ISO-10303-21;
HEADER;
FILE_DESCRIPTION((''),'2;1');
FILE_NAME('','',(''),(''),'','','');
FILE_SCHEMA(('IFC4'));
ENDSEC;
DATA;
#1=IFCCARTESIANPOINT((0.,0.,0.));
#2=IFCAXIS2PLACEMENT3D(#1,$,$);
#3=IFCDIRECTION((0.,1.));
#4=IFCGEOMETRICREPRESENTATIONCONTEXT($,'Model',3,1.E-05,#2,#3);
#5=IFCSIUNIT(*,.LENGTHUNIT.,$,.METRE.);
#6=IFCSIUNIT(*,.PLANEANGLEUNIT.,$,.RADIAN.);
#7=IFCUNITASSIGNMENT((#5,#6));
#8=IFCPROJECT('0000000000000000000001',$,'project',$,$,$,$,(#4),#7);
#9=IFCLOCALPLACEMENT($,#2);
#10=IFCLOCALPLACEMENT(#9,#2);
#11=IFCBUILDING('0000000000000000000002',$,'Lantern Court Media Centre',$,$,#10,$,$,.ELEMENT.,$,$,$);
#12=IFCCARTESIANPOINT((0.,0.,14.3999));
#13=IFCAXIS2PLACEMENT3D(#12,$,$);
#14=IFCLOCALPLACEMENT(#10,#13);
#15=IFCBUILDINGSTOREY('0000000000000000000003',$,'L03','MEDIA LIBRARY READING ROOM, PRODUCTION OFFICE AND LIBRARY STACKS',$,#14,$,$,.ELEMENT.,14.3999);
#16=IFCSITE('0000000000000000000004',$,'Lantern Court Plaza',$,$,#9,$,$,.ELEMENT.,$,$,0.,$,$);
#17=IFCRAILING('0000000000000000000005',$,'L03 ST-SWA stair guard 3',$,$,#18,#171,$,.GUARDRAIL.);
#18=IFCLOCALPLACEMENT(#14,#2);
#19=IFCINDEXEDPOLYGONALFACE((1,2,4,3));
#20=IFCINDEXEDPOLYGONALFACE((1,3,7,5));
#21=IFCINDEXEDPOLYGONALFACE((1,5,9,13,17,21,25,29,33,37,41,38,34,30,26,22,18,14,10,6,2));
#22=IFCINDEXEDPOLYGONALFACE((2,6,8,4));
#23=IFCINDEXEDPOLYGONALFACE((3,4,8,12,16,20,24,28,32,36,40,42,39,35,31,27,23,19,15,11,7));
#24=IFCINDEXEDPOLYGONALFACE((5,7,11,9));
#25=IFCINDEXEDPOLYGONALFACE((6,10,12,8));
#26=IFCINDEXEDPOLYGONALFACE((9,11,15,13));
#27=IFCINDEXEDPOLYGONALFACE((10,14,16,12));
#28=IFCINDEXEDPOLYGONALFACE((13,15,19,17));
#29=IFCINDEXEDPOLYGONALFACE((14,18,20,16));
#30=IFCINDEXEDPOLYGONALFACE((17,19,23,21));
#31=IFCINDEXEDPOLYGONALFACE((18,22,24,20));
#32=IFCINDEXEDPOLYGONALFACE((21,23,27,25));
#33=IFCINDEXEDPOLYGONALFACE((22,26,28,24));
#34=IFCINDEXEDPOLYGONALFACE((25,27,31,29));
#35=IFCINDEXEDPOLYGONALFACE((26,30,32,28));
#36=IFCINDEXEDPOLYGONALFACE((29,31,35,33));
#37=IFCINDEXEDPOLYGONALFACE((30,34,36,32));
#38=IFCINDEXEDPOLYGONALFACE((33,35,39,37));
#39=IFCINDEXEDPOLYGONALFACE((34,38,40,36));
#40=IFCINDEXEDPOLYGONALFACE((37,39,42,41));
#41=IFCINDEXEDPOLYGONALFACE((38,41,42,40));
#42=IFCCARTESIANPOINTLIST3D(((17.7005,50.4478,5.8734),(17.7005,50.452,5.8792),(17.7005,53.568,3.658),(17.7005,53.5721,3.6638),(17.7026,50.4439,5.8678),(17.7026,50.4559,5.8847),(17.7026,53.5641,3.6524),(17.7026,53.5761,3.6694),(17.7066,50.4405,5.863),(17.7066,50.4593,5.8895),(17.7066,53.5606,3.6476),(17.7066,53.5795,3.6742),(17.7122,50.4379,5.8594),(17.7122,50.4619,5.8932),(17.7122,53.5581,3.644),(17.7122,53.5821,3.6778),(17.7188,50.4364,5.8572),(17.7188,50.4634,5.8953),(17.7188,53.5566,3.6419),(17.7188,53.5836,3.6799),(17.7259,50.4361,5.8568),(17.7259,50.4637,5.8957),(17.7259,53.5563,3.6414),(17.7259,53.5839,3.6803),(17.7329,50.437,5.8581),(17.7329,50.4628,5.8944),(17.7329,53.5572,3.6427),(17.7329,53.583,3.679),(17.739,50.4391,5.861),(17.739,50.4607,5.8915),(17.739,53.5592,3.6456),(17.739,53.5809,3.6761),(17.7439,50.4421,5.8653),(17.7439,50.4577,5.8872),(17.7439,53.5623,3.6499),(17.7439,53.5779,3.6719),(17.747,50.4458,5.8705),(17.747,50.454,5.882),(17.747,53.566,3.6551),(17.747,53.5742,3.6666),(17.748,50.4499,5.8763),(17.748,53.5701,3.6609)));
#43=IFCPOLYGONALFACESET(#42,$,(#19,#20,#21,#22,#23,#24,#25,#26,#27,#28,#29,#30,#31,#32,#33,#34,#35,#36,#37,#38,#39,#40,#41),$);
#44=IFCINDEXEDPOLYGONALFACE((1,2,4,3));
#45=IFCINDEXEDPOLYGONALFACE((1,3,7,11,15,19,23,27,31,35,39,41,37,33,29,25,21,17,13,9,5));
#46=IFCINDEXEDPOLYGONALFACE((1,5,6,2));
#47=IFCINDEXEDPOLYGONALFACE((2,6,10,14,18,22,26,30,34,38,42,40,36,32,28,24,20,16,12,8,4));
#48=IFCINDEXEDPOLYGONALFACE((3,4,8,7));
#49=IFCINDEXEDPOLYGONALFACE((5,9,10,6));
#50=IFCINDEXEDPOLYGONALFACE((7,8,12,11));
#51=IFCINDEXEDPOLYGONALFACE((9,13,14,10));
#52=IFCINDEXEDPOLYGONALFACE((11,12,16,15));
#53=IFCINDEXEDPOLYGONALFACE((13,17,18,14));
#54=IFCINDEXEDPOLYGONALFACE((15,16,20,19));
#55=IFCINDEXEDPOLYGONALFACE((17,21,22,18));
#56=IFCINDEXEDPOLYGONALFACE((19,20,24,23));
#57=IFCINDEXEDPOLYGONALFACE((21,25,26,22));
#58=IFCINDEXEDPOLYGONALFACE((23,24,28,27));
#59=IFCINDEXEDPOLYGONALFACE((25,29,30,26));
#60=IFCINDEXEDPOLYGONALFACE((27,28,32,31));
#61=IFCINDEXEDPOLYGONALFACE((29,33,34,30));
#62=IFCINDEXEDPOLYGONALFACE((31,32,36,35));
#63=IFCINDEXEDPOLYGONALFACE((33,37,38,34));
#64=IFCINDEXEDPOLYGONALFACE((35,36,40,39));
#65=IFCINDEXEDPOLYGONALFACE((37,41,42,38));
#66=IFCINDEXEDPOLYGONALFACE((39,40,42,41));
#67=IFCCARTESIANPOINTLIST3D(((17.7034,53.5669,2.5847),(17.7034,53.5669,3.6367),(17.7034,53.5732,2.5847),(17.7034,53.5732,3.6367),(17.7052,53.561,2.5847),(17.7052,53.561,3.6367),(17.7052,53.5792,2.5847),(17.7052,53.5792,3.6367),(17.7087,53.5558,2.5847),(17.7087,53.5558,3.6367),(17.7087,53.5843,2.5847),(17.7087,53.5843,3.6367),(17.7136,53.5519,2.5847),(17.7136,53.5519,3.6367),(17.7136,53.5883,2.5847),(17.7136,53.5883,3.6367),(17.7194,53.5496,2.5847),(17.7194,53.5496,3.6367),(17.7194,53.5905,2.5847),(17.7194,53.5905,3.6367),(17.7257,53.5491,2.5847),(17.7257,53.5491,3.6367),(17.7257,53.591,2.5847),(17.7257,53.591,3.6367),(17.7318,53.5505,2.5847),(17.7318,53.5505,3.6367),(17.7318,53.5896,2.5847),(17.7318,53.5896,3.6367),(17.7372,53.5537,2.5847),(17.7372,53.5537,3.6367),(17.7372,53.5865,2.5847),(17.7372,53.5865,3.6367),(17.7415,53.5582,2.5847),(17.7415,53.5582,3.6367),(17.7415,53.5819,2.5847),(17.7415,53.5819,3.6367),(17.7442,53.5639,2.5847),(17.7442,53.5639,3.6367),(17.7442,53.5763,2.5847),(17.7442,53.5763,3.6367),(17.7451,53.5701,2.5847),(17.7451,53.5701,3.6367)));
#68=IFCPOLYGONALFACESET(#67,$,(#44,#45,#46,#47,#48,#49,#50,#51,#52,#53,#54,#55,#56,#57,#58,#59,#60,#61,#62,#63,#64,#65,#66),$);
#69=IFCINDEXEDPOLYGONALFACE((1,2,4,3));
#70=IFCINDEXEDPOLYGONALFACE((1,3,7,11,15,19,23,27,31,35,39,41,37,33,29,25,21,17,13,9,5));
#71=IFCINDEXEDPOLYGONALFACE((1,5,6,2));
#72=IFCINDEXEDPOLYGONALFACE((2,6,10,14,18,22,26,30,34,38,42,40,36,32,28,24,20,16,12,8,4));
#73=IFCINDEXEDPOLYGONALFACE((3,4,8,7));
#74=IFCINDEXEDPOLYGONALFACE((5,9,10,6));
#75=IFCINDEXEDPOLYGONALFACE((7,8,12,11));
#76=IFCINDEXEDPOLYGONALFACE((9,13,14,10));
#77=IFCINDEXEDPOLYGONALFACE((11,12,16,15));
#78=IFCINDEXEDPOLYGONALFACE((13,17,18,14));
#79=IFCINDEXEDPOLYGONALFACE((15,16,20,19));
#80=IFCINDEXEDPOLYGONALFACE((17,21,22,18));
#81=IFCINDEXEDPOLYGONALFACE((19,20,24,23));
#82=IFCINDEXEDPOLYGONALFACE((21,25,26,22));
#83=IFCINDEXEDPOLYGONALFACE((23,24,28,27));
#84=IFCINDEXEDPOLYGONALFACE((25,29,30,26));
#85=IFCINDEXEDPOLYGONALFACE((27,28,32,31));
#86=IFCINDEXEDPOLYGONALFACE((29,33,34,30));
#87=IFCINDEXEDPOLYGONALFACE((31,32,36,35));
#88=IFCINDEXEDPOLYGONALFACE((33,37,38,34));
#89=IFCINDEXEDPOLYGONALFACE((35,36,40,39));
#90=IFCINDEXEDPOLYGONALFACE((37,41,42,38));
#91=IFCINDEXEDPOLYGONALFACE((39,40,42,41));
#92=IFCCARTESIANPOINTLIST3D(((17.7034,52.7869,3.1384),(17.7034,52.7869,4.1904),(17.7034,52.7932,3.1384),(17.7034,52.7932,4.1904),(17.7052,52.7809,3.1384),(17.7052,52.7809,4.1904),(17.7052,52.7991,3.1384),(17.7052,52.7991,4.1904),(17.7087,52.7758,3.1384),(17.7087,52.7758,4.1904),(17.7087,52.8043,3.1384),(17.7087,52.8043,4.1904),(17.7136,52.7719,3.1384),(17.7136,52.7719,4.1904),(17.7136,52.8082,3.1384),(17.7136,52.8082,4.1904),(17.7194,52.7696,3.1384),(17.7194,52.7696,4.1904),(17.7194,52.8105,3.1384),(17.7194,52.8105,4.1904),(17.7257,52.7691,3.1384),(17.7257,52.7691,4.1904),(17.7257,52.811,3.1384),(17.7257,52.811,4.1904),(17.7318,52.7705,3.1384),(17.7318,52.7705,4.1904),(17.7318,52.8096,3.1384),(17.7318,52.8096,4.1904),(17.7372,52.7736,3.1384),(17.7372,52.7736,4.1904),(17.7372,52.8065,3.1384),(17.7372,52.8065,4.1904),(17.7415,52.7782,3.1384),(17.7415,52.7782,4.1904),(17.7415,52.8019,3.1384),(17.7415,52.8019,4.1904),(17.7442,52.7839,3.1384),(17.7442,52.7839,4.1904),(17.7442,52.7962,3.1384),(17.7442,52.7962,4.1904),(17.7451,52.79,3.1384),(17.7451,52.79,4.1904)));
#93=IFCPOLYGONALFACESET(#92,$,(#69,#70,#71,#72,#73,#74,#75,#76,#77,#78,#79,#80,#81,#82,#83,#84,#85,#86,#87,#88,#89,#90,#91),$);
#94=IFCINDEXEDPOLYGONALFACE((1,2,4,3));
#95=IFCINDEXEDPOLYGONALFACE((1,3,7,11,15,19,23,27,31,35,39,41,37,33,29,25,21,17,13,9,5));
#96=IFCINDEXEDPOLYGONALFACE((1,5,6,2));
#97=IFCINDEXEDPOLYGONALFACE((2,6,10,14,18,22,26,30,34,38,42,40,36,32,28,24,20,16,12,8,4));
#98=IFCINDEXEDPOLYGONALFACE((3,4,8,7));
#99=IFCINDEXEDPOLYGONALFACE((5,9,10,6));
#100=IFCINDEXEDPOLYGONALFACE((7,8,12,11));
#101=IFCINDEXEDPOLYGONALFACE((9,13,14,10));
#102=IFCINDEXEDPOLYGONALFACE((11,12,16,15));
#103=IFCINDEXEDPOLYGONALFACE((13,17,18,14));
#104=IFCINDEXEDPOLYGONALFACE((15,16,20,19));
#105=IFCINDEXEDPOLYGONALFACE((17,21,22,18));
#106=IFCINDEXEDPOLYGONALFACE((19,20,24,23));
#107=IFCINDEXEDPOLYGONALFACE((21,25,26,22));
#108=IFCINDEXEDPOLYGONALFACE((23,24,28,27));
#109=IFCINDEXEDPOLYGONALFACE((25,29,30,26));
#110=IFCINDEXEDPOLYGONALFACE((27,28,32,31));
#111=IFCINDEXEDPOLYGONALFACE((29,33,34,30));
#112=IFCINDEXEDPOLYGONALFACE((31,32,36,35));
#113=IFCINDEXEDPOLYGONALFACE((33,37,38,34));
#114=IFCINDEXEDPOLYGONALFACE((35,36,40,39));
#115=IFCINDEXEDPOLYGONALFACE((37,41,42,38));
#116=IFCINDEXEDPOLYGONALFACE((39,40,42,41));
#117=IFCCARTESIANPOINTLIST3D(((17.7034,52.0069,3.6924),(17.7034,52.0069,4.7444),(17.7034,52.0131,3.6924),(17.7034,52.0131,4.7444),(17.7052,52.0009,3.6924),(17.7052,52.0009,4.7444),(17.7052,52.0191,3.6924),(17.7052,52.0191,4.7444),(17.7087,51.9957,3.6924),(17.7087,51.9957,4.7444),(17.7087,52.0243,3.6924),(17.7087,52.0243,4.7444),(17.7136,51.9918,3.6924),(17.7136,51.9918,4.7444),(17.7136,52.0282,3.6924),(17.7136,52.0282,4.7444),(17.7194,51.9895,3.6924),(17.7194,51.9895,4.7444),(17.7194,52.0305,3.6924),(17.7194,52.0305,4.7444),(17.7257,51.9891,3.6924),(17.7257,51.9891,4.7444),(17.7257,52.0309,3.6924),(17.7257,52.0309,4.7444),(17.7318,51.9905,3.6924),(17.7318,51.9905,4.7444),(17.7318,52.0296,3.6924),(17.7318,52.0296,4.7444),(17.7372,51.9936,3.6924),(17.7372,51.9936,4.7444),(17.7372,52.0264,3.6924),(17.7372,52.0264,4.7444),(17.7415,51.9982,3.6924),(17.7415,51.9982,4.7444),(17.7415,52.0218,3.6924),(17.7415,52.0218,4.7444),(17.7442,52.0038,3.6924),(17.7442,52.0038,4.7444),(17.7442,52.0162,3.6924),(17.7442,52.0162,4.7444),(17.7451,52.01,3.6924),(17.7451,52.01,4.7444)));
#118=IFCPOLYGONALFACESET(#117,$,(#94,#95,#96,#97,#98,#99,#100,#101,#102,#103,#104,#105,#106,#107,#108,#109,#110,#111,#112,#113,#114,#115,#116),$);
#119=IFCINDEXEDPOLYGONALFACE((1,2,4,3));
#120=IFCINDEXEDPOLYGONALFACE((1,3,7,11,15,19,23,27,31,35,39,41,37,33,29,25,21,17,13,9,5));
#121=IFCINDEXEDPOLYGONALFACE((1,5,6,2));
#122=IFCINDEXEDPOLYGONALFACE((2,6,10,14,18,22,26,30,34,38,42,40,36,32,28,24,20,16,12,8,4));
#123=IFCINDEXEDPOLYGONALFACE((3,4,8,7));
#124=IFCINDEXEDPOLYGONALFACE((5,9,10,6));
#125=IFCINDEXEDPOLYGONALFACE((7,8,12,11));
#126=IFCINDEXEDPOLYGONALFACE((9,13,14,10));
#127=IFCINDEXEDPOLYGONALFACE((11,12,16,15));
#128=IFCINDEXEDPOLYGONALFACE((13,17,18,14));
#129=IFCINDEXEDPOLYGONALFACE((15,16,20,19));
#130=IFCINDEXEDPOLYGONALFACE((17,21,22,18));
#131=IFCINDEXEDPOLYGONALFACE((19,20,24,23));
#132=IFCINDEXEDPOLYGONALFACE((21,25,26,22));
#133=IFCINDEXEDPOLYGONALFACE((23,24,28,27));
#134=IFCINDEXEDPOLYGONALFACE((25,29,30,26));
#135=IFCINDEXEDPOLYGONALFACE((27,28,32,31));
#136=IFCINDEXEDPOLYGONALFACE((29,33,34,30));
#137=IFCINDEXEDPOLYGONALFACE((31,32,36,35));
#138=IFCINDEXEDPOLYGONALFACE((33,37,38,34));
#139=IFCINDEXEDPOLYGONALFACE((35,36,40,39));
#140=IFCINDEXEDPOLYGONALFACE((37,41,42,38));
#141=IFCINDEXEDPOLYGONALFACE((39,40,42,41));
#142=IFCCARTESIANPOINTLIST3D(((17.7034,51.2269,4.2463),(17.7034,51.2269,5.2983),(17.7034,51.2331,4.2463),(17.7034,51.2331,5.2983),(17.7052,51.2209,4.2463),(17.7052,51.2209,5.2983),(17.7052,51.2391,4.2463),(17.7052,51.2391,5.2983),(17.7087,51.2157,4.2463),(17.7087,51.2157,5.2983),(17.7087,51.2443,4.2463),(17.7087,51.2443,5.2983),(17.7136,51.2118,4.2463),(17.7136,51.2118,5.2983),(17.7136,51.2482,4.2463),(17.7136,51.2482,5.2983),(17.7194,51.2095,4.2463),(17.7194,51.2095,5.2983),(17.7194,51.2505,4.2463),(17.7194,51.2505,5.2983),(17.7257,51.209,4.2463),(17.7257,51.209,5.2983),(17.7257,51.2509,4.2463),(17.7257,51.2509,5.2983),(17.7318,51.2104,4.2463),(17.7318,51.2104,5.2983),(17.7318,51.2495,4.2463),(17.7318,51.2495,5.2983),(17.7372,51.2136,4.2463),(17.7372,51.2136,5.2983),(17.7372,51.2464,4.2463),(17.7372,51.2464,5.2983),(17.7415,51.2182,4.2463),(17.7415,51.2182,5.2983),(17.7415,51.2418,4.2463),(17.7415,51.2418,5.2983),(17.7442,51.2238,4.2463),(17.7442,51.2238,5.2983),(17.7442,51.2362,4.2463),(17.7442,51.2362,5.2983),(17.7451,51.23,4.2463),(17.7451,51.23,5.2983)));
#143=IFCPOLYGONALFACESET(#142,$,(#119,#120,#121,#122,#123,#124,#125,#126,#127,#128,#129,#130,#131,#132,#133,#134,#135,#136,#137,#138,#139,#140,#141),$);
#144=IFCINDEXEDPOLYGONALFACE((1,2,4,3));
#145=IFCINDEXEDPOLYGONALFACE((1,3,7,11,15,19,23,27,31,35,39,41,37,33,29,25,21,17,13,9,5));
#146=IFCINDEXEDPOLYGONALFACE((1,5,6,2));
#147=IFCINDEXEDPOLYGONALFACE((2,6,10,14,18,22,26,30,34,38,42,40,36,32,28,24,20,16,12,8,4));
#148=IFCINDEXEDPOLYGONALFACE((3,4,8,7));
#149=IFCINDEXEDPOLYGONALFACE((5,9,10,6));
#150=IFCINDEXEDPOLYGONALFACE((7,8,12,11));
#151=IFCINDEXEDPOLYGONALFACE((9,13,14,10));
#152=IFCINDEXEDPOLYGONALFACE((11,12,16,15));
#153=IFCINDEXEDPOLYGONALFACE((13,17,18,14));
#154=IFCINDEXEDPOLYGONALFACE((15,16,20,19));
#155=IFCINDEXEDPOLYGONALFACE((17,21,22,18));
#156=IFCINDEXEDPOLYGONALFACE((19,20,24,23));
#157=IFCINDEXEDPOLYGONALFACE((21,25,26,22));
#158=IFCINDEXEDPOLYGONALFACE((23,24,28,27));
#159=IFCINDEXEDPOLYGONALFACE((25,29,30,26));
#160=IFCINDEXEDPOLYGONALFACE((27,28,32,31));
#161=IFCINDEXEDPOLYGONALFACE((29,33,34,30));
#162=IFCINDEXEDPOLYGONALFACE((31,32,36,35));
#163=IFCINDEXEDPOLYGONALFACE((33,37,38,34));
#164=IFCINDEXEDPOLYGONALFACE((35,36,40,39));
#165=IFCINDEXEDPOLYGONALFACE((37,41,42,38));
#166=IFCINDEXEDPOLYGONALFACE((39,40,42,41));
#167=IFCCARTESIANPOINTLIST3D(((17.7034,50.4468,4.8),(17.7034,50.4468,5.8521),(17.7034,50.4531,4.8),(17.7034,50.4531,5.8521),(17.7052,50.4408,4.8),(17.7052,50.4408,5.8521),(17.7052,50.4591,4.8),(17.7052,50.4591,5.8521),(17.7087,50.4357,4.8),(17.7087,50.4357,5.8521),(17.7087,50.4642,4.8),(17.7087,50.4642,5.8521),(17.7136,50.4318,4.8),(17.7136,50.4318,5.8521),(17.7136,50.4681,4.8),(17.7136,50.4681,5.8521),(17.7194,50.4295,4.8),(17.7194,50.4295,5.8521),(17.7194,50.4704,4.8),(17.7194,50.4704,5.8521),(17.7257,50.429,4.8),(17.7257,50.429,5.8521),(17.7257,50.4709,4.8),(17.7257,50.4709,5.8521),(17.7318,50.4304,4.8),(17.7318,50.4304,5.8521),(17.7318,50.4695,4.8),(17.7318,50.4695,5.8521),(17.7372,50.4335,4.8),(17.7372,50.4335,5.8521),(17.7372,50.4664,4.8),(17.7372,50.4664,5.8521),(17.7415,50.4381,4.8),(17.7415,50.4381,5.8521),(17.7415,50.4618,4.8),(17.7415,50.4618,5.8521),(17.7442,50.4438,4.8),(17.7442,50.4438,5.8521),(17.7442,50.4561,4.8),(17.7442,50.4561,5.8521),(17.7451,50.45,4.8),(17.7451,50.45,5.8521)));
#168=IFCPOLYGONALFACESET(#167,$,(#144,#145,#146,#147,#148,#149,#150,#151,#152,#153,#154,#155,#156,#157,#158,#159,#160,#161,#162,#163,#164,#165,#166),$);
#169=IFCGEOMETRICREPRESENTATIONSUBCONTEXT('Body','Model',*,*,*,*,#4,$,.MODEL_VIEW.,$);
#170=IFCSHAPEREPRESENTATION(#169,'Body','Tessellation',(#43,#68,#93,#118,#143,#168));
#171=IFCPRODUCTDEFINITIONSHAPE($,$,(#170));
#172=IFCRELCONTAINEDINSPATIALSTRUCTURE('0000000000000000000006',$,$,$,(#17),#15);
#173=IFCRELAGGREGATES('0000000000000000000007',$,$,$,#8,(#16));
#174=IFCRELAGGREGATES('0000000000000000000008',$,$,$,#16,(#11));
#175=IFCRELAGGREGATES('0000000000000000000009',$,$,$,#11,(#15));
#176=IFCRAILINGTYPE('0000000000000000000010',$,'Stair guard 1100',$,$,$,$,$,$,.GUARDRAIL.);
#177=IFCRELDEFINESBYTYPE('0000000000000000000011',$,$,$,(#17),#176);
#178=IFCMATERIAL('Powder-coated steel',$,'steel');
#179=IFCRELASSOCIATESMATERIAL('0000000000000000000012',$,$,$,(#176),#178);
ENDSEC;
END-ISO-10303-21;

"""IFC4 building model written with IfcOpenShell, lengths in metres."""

from ifc_helpers import new_model, si_unit, direction, frame, origin, origin_2d, place, context, subcontext, project, spatial, circle, extrude, material, type_object, element, save


model = new_model("IFC4")

# Units and contexts
model_context = context("Model", 3, precision=1e-05, world=origin(), true_north=direction((0.0, 1.0)))
body_context = subcontext(model_context, "Body", "Model", "MODEL_VIEW")
ifc_project = project(units=[si_unit("LENGTHUNIT", "METRE"), si_unit("PLANEANGLEUNIT", "RADIAN")], contexts=[model_context])

# Site, building, storey
site_placement = place(None, origin())
site = spatial("IfcSite", under=ifc_project, at=site_placement, Name="Lantern Court Plaza", CompositionType="ELEMENT", RefElevation=0.0)
building_placement = place(site_placement, origin())
building = spatial("IfcBuilding", under=site, at=building_placement, Name="Lantern Court Media Centre", CompositionType="ELEMENT")
storey_placement = place(building_placement, frame((0.0, 0.0, 14.3999)))
storey = spatial("IfcBuildingStorey", under=building, at=storey_placement, Name="L03", Description="MEDIA LIBRARY READING ROOM, PRODUCTION OFFICE AND LIBRARY STACKS", CompositionType="ELEMENT", Elevation=14.3999)

# Railing
ifc_material_1 = material(Name="Powder-coated steel", Category="steel")
railing_type_1 = type_object("IfcRailingType", Name="Stair guard 1100", PredefinedType="GUARDRAIL", material=ifc_material_1)
railing_1_placement = place(storey_placement, frame((17.7241, 53.5701, 2.5847)))
element("IfcRailing", 1, at=railing_1_placement, inside=storey, type_object=railing_type_1, Name="L03 ST-SWA stair guard 3", PredefinedType="GUARDRAIL", context=body_context, shape_type="SweptSolid", body=[
    extrude(circle(Radius=0.0239, at=origin_2d()), frame((0.0, 0.0, 1.0762), z_axis=(0.0, -0.815377, 0.57893), x_axis=(1.0, 0.0, 0.0)), (0.0, 0.0, 1.0), 3.8267),
    extrude(circle(Radius=0.021, at=origin_2d()), origin(), (0.0, 0.0, 1.0), 1.052),
    extrude(circle(Radius=0.021, at=origin_2d()), frame((0.0, -0.78, 0.5537)), (0.0, 0.0, 1.0), 1.052),
    extrude(circle(Radius=0.021, at=origin_2d()), frame((0.0, -1.5601, 1.1077)), (0.0, 0.0, 1.0), 1.052),
    extrude(circle(Radius=0.021, at=origin_2d()), frame((0.0, -2.3401, 1.6616)), (0.0, 0.0, 1.0), 1.052),
    extrude(circle(Radius=0.021, at=origin_2d()), frame((0.0, -3.1201, 2.2153)), (0.0, 0.0, 1.0), 1.052),
])

save(model, "model.ifc")
